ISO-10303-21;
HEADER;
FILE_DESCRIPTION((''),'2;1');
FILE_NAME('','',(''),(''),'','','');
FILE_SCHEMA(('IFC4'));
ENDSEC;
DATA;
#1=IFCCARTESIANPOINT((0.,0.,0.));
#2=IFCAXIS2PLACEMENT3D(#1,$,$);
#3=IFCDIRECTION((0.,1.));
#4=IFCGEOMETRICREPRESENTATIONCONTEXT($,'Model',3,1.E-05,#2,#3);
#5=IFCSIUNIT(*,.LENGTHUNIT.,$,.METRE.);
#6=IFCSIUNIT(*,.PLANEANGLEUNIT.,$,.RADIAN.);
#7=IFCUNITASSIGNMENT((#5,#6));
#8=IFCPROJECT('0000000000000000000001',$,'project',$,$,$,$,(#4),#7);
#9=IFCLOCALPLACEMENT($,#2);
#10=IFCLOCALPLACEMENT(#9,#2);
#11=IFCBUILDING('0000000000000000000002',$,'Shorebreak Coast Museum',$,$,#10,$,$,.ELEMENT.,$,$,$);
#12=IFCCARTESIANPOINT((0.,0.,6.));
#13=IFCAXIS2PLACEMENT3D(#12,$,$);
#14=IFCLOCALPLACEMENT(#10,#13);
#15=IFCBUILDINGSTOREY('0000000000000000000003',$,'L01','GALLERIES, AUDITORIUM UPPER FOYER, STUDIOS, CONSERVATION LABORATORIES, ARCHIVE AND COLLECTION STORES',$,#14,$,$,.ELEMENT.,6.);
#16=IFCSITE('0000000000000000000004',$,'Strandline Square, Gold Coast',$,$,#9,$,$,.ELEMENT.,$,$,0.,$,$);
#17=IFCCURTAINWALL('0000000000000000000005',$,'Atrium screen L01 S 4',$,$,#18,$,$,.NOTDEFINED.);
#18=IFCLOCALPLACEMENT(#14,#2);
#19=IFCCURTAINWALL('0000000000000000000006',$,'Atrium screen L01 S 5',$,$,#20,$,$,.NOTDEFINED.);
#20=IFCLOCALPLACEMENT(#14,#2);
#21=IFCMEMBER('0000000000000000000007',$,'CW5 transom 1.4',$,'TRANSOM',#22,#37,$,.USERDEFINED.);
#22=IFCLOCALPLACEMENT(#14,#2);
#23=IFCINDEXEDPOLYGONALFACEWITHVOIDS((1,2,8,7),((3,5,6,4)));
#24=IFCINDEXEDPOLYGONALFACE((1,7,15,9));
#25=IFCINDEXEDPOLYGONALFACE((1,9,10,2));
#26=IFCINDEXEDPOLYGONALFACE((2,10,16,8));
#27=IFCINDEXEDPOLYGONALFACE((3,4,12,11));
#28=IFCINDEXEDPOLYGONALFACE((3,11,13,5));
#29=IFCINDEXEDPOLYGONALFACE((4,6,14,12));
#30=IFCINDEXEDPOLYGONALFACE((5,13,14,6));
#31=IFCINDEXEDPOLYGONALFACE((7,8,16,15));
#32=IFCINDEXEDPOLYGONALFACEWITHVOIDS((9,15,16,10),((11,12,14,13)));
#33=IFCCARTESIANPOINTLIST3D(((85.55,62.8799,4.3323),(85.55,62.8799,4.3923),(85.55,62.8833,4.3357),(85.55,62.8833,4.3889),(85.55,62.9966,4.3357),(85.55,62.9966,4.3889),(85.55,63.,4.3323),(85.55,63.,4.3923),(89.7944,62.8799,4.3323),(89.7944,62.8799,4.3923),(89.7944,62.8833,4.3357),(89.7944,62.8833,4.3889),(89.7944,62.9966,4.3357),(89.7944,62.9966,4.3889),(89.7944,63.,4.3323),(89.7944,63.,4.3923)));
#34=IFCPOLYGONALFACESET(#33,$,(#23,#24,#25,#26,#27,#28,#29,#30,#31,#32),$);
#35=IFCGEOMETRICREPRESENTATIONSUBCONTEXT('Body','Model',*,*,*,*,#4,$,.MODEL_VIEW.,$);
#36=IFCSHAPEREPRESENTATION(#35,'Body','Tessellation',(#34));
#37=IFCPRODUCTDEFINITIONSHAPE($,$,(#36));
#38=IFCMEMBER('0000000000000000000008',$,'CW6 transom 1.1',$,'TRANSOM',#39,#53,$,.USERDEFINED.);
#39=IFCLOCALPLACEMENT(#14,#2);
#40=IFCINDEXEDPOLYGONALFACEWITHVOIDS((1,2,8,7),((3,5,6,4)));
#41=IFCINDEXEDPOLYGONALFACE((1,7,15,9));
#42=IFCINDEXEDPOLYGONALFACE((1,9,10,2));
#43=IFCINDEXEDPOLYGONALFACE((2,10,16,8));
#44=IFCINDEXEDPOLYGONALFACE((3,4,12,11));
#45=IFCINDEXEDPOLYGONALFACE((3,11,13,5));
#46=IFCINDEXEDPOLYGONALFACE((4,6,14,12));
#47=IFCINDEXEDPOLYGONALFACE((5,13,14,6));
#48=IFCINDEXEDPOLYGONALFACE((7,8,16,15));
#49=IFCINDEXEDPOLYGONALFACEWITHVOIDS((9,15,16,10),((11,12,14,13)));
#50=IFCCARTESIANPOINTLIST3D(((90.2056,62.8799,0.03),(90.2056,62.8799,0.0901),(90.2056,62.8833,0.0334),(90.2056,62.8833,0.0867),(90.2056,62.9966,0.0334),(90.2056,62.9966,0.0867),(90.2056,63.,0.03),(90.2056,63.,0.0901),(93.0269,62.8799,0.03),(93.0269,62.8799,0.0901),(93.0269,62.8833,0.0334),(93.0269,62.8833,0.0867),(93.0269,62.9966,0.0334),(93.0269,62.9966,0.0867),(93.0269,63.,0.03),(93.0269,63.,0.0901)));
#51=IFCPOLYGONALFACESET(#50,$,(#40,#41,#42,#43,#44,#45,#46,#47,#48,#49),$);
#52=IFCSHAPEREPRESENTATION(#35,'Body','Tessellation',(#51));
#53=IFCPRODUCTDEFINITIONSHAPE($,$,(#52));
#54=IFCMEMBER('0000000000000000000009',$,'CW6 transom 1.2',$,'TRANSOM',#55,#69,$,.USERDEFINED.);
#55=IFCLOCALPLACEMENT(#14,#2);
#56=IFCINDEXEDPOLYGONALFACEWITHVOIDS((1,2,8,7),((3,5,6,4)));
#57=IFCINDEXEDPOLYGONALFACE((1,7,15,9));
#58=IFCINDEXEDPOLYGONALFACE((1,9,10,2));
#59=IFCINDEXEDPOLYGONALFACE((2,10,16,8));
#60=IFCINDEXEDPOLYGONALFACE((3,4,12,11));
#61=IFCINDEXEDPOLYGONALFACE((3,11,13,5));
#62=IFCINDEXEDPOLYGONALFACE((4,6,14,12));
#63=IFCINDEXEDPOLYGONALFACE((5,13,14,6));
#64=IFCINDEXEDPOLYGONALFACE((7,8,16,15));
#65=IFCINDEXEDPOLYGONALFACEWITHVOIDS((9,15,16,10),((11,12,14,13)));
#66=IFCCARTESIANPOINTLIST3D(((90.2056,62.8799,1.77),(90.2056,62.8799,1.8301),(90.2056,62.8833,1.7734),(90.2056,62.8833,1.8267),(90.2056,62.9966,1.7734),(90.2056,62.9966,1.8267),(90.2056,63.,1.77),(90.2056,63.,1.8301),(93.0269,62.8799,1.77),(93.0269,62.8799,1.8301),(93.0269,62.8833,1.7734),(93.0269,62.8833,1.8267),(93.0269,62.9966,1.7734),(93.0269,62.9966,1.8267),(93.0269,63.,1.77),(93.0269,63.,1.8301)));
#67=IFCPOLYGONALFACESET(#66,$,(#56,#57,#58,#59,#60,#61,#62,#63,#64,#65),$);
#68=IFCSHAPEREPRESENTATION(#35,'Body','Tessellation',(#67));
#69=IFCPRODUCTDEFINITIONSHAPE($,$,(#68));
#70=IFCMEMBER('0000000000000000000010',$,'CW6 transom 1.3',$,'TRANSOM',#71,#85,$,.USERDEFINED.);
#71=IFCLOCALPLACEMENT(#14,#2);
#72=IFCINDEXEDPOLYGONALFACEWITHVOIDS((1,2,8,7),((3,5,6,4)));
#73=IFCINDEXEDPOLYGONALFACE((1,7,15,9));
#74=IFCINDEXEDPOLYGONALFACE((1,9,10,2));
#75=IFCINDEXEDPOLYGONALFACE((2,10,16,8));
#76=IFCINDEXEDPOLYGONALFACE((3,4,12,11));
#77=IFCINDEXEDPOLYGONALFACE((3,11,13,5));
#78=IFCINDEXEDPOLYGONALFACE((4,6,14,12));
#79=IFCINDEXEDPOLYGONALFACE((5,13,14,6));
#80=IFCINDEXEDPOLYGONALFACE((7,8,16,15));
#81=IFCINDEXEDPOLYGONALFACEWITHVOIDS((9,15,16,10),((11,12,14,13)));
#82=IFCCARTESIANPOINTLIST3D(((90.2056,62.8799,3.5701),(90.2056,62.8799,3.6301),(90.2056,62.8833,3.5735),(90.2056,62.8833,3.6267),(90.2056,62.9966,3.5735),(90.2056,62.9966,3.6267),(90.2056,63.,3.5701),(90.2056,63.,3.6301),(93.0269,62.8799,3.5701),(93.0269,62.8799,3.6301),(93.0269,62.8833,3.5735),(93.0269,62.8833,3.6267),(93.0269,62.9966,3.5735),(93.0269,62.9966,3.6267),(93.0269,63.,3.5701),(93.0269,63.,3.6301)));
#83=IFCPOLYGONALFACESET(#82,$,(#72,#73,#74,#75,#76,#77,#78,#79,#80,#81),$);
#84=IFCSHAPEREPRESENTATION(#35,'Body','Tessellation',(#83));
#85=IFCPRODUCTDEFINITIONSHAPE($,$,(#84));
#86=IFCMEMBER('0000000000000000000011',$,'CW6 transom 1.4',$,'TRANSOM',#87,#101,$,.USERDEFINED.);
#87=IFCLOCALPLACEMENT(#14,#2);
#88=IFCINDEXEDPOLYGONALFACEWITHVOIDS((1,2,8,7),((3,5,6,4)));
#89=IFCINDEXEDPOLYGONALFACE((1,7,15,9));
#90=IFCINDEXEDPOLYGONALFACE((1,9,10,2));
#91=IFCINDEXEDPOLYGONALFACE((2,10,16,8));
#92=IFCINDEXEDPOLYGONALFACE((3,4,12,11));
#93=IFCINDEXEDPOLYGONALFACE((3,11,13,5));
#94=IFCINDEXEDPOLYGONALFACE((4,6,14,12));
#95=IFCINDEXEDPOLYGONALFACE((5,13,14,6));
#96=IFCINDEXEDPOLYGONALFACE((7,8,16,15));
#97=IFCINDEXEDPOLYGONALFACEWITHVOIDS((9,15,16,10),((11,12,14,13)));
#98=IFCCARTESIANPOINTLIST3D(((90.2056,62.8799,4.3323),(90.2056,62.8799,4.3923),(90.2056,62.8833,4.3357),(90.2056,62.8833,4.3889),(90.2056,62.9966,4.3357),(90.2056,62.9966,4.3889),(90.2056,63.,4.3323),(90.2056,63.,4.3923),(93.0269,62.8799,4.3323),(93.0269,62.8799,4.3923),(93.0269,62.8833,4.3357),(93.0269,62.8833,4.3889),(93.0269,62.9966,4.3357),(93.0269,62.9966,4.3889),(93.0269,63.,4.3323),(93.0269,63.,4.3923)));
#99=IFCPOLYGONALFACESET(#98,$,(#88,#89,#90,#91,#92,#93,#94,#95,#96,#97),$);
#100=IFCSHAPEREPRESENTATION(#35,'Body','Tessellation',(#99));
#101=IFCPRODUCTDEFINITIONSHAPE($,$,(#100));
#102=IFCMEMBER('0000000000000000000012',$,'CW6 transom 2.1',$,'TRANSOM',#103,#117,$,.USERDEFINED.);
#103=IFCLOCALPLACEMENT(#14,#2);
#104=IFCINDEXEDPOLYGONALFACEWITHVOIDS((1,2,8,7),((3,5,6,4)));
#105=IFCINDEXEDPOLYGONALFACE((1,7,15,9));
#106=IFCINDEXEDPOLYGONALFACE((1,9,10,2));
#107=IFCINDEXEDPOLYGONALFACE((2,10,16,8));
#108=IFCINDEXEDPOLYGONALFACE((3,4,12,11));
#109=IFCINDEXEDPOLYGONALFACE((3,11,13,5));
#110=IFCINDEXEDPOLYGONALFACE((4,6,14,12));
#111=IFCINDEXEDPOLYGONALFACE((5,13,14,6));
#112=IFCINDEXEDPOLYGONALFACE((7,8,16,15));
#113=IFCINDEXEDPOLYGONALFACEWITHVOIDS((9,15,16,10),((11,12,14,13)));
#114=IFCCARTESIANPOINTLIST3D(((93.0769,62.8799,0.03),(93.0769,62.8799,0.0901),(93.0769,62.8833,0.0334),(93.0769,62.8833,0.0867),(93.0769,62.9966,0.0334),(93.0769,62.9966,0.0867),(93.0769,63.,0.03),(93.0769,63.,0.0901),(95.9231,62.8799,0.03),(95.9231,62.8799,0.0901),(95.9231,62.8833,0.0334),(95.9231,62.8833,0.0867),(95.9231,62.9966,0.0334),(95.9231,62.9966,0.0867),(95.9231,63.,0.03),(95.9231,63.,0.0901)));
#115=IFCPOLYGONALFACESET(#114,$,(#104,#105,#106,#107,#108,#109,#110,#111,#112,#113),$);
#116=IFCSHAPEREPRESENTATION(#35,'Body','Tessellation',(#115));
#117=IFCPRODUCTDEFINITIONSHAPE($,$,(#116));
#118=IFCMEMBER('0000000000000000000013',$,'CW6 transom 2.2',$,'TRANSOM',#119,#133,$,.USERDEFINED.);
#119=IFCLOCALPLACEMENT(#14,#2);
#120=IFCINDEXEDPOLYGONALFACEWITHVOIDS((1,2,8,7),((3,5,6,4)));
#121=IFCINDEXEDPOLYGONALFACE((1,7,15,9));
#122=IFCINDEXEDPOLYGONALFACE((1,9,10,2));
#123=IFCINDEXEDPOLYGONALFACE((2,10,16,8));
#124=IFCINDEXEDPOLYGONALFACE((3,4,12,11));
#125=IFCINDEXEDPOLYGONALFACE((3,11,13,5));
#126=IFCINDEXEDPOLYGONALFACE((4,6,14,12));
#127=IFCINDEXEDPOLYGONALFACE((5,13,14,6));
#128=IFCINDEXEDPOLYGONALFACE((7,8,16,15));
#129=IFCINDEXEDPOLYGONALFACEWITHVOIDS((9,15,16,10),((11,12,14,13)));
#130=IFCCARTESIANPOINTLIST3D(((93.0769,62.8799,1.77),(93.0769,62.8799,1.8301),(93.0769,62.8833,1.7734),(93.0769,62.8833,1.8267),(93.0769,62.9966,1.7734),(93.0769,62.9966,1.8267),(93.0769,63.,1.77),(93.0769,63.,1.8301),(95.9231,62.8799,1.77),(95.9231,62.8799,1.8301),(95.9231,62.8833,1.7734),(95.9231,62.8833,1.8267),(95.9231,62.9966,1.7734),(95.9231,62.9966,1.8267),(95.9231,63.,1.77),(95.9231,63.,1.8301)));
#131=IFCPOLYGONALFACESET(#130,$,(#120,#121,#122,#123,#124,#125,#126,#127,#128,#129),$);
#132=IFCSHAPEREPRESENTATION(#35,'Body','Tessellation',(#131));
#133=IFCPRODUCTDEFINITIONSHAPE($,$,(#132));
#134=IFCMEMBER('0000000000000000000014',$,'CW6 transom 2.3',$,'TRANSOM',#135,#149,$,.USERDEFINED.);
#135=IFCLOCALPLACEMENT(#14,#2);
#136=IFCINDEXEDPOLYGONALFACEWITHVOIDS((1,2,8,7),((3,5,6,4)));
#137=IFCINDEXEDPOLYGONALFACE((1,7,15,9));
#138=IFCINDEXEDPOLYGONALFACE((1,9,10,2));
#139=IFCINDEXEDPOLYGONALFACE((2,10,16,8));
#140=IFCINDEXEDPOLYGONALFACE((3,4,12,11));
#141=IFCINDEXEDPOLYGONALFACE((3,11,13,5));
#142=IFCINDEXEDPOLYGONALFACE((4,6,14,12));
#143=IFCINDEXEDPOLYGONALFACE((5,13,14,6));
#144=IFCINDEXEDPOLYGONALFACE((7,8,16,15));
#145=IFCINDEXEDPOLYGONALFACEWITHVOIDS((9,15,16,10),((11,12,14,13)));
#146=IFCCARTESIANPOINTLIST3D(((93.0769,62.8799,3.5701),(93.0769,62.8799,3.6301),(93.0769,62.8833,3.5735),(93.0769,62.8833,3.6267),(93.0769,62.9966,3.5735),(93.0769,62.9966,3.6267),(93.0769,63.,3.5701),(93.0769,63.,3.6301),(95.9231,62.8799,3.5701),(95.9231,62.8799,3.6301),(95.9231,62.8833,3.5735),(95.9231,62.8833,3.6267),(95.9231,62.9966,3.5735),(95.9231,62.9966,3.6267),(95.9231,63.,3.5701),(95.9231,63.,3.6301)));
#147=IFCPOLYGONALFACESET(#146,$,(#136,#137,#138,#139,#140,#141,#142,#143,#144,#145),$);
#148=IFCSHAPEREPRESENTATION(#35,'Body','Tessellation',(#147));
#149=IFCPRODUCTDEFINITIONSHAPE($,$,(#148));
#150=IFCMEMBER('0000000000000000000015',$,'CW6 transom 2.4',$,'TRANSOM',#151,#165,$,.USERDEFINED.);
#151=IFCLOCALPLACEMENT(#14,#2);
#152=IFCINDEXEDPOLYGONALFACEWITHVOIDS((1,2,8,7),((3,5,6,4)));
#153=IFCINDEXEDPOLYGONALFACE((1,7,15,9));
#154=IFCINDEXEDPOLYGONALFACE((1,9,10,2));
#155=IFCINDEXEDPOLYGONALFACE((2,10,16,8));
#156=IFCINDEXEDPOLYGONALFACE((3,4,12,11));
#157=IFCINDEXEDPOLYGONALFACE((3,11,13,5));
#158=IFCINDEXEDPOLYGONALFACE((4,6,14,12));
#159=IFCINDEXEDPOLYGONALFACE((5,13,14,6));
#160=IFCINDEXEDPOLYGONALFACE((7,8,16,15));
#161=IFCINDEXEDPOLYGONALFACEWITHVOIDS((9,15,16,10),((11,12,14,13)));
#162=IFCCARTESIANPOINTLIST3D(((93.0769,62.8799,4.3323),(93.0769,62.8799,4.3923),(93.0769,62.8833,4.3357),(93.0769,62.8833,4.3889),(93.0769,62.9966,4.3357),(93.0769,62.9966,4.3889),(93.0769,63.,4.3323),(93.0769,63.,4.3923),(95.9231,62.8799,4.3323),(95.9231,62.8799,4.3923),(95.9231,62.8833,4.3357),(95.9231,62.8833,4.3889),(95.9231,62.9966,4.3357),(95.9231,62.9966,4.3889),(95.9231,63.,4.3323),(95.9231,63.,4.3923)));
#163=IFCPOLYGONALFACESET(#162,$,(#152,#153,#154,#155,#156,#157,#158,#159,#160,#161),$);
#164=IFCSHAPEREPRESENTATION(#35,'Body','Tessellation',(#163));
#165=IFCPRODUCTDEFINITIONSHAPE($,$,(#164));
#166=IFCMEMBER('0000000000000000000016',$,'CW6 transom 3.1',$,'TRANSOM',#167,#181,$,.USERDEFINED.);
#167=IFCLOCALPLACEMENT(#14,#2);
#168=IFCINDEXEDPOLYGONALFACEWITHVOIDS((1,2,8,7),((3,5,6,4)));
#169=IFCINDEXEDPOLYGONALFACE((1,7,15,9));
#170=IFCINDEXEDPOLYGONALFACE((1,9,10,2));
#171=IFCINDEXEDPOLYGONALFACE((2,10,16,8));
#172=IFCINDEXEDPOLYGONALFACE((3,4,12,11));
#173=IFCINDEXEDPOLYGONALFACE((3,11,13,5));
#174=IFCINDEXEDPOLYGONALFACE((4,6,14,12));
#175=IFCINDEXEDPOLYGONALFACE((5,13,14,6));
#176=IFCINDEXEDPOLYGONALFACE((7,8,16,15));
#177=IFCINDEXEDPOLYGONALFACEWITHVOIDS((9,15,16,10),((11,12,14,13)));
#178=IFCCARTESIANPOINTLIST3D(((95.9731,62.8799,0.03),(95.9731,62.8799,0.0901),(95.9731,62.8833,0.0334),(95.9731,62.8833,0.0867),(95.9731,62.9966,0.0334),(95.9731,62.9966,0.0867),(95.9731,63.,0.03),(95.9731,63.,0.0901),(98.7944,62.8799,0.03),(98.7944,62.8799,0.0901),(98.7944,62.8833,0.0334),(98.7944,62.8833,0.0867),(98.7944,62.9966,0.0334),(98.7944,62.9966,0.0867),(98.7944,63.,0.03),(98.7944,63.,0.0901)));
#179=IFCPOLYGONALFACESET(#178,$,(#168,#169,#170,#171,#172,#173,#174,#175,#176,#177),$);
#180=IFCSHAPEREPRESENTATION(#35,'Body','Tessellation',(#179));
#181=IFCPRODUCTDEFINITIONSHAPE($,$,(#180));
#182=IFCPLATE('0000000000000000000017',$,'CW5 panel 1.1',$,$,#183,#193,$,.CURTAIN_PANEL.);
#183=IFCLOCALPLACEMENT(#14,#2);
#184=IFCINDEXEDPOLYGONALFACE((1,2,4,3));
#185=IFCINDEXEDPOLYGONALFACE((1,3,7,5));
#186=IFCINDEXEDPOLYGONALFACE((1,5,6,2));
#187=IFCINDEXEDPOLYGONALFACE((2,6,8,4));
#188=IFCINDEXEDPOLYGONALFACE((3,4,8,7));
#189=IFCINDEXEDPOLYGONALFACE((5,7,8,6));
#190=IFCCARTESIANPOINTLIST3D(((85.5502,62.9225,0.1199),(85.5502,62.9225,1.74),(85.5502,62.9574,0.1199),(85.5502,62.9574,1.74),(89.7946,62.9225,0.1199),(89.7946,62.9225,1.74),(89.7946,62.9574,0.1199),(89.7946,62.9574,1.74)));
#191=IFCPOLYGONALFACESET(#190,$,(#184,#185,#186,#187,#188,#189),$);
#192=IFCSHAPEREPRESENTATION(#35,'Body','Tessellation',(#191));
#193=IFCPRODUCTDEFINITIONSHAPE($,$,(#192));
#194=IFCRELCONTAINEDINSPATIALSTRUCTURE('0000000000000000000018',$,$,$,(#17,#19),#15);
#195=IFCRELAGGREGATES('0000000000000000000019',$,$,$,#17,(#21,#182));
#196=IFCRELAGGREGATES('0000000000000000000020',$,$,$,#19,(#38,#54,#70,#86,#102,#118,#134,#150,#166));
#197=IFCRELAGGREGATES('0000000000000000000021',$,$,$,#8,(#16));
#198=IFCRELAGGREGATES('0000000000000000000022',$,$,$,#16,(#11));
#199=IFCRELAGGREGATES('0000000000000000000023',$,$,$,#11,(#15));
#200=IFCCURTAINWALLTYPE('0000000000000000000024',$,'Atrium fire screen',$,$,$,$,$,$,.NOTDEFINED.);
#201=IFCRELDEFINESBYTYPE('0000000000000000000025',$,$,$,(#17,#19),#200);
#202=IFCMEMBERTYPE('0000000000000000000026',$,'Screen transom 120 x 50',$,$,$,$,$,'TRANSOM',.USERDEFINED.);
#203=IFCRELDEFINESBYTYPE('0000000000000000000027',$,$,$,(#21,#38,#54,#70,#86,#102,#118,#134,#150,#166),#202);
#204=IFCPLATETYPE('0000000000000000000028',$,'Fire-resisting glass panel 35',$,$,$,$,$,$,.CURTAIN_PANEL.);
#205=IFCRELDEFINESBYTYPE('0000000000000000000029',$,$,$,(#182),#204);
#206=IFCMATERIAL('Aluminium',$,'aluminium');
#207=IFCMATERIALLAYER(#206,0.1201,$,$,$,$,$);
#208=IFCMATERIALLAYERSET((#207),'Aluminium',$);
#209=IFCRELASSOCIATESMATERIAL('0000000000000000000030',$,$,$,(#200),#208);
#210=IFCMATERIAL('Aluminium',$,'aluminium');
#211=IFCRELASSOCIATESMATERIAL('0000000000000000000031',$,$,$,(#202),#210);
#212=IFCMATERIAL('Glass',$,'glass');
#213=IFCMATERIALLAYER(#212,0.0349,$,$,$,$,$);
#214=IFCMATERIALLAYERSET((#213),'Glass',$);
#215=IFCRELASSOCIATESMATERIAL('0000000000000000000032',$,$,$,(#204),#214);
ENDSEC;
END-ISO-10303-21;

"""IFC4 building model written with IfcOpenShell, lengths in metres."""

from ifc_helpers import new_model, si_unit, direction, frame, origin, origin_2d, place, context, subcontext, project, spatial, rectangle, hollow_rectangle, extrude, material, layer, layer_set, material_profile, profile_set, type_object, element, aggregate, save


model = new_model("IFC4")

# Units and contexts
model_context = context("Model", 3, precision=1e-05, world=origin(), true_north=direction((0.0, 1.0)))
body_context = subcontext(model_context, "Body", "Model", "MODEL_VIEW")
ifc_project = project(units=[si_unit("LENGTHUNIT", "METRE"), si_unit("PLANEANGLEUNIT", "RADIAN")], contexts=[model_context])

# Site, building, storey
site_placement = place(None, origin())
site = spatial("IfcSite", under=ifc_project, at=site_placement, Name="Strandline Square, Gold Coast", CompositionType="ELEMENT", RefElevation=0.0)
building_placement = place(site_placement, origin())
building = spatial("IfcBuilding", under=site, at=building_placement, Name="Shorebreak Coast Museum", CompositionType="ELEMENT")
storey_placement = place(building_placement, frame((0.0, 0.0, 6.0)))
storey = spatial("IfcBuildingStorey", under=building, at=storey_placement, Name="L01", Description="GALLERIES, AUDITORIUM UPPER FOYER, STUDIOS, CONSERVATION LABORATORIES, ARCHIVE AND COLLECTION STORES", CompositionType="ELEMENT", Elevation=6.0)

# Curtain walls
ifc_material_1 = material(Name="Aluminium", Category="aluminium")
ifc_layer_1 = layer(ifc_material_1, 0.1201)
ifc_layer_set_1 = layer_set([ifc_layer_1], Name="Aluminium")
curtain_wall_type = type_object("IfcCurtainWallType", Name="Atrium fire screen", PredefinedType="NOTDEFINED", material=ifc_layer_set_1)
curtain_wall_1_placement = place(storey_placement, origin())
curtain_wall_1 = element("IfcCurtainWall", 1, at=curtain_wall_1_placement, inside=storey, type_object=curtain_wall_type, Name="Atrium screen L01 S 4", PredefinedType="NOTDEFINED")
curtain_wall_2_placement = place(storey_placement, origin())
curtain_wall_2 = element("IfcCurtainWall", 2, at=curtain_wall_2_placement, inside=storey, type_object=curtain_wall_type, Name="Atrium screen L01 S 5", PredefinedType="NOTDEFINED")

# Members
ifc_material_2 = material(Name="Aluminium", Category="aluminium")
ifc_material_profile_1 = material_profile(ifc_material_2, hollow_rectangle(XDim=0.1201, YDim=0.0601, WallThickness=0.0034, at=origin_2d()), Name="AL 60x120 RHS")
ifc_profile_set_1 = profile_set([ifc_material_profile_1], Name="Aluminium")
member_type_1 = type_object("IfcMemberType", Name="Screen transom 120 x 50", ElementType="TRANSOM", PredefinedType="USERDEFINED", material=ifc_profile_set_1)
member_1_placement = place(storey_placement, frame((85.55, 62.9399, 4.3623), z_axis=(1.0, 0.0, 0.0), x_axis=(0.0, 1.0, 0.0)))
member_1 = element("IfcMember", 3, at=member_1_placement, type_object=member_type_1, Name="CW5 transom 1.4", ObjectType="TRANSOM", PredefinedType="USERDEFINED", context=body_context, shape_type="SweptSolid", body=[
    extrude(hollow_rectangle(XDim=0.1201, YDim=0.0601, WallThickness=0.0034, at=origin_2d()), origin(), (0.0, 0.0, 1.0), 4.2444),
])
member_2_placement = place(storey_placement, frame((90.2056, 62.9399, 0.0601), z_axis=(1.0, 0.0, 0.0), x_axis=(0.0, 1.0, 0.0)))
member_2 = element("IfcMember", 4, at=member_2_placement, type_object=member_type_1, Name="CW6 transom 1.1", ObjectType="TRANSOM", PredefinedType="USERDEFINED", context=body_context, shape_type="SweptSolid", body=[
    extrude(hollow_rectangle(XDim=0.1201, YDim=0.0601, WallThickness=0.0034, at=origin_2d()), origin(), (0.0, 0.0, 1.0), 2.8213),
])
member_3_placement = place(storey_placement, frame((90.2056, 62.9399, 1.8), z_axis=(1.0, 0.0, 0.0), x_axis=(0.0, 1.0, 0.0)))
member_3 = element("IfcMember", 5, at=member_3_placement, type_object=member_type_1, Name="CW6 transom 1.2", ObjectType="TRANSOM", PredefinedType="USERDEFINED", context=body_context, shape_type="SweptSolid", body=[
    extrude(hollow_rectangle(XDim=0.1201, YDim=0.0601, WallThickness=0.0034, at=origin_2d()), origin(), (0.0, 0.0, 1.0), 2.8213),
])
member_4_placement = place(storey_placement, frame((90.2056, 62.9399, 3.6001), z_axis=(1.0, 0.0, 0.0), x_axis=(0.0, 1.0, 0.0)))
member_4 = element("IfcMember", 6, at=member_4_placement, type_object=member_type_1, Name="CW6 transom 1.3", ObjectType="TRANSOM", PredefinedType="USERDEFINED", context=body_context, shape_type="SweptSolid", body=[
    extrude(hollow_rectangle(XDim=0.1201, YDim=0.0601, WallThickness=0.0034, at=origin_2d()), origin(), (0.0, 0.0, 1.0), 2.8213),
])
member_5_placement = place(storey_placement, frame((90.2056, 62.9399, 4.3623), z_axis=(1.0, 0.0, 0.0), x_axis=(0.0, 1.0, 0.0)))
member_5 = element("IfcMember", 7, at=member_5_placement, type_object=member_type_1, Name="CW6 transom 1.4", ObjectType="TRANSOM", PredefinedType="USERDEFINED", context=body_context, shape_type="SweptSolid", body=[
    extrude(hollow_rectangle(XDim=0.1201, YDim=0.0601, WallThickness=0.0034, at=origin_2d()), origin(), (0.0, 0.0, 1.0), 2.8213),
])
member_6_placement = place(storey_placement, frame((93.0769, 62.9399, 0.0601), z_axis=(1.0, 0.0, 0.0), x_axis=(0.0, 1.0, 0.0)))
member_6 = element("IfcMember", 8, at=member_6_placement, type_object=member_type_1, Name="CW6 transom 2.1", ObjectType="TRANSOM", PredefinedType="USERDEFINED", context=body_context, shape_type="SweptSolid", body=[
    extrude(hollow_rectangle(XDim=0.1201, YDim=0.0601, WallThickness=0.0034, at=origin_2d()), origin(), (0.0, 0.0, 1.0), 2.8462),
])
member_7_placement = place(storey_placement, frame((93.0769, 62.9399, 1.8), z_axis=(1.0, 0.0, 0.0), x_axis=(0.0, 1.0, 0.0)))
member_7 = element("IfcMember", 9, at=member_7_placement, type_object=member_type_1, Name="CW6 transom 2.2", ObjectType="TRANSOM", PredefinedType="USERDEFINED", context=body_context, shape_type="SweptSolid", body=[
    extrude(hollow_rectangle(XDim=0.1201, YDim=0.0601, WallThickness=0.0034, at=origin_2d()), origin(), (0.0, 0.0, 1.0), 2.8462),
])
member_8_placement = place(storey_placement, frame((93.0769, 62.9399, 3.6001), z_axis=(1.0, 0.0, 0.0), x_axis=(0.0, 1.0, 0.0)))
member_8 = element("IfcMember", 10, at=member_8_placement, type_object=member_type_1, Name="CW6 transom 2.3", ObjectType="TRANSOM", PredefinedType="USERDEFINED", context=body_context, shape_type="SweptSolid", body=[
    extrude(hollow_rectangle(XDim=0.1201, YDim=0.0601, WallThickness=0.0034, at=origin_2d()), origin(), (0.0, 0.0, 1.0), 2.8462),
])
member_9_placement = place(storey_placement, frame((93.0769, 62.9399, 4.3623), z_axis=(1.0, 0.0, 0.0), x_axis=(0.0, 1.0, 0.0)))
member_9 = element("IfcMember", 11, at=member_9_placement, type_object=member_type_1, Name="CW6 transom 2.4", ObjectType="TRANSOM", PredefinedType="USERDEFINED", context=body_context, shape_type="SweptSolid", body=[
    extrude(hollow_rectangle(XDim=0.1201, YDim=0.0601, WallThickness=0.0034, at=origin_2d()), origin(), (0.0, 0.0, 1.0), 2.8462),
])
member_10_placement = place(storey_placement, frame((95.9731, 62.9399, 0.0601), z_axis=(1.0, 0.0, 0.0), x_axis=(0.0, 1.0, 0.0)))
member_10 = element("IfcMember", 12, at=member_10_placement, type_object=member_type_1, Name="CW6 transom 3.1", ObjectType="TRANSOM", PredefinedType="USERDEFINED", context=body_context, shape_type="SweptSolid", body=[
    extrude(hollow_rectangle(XDim=0.1201, YDim=0.0601, WallThickness=0.0034, at=origin_2d()), origin(), (0.0, 0.0, 1.0), 2.8213),
])

# Plate
ifc_material_3 = material(Name="Glass", Category="glass")
ifc_layer_2 = layer(ifc_material_3, 0.0349)
ifc_layer_set_2 = layer_set([ifc_layer_2], Name="Glass")
plate_type = type_object("IfcPlateType", Name="Fire-resisting glass panel 35", PredefinedType="CURTAIN_PANEL", material=ifc_layer_set_2)
plate_1_placement = place(storey_placement, frame((87.6724, 62.9399, 0.1199), z_axis=(0.0, 0.0, 1.0), x_axis=(1.0, 0.0, 0.0)))
plate_1 = element("IfcPlate", 13, at=plate_1_placement, type_object=plate_type, Name="CW5 panel 1.1", PredefinedType="CURTAIN_PANEL", context=body_context, shape_type="SweptSolid", body=[
    extrude(rectangle(XDim=4.2444, YDim=0.0349, at=origin_2d()), origin(), (0.0, 0.0, 1.0), 1.6201),
])
aggregate(curtain_wall_1, [member_1, plate_1])
aggregate(curtain_wall_2, [member_2, member_3, member_4, member_5, member_6, member_7, member_8, member_9, member_10])

save(model, "model.ifc")
